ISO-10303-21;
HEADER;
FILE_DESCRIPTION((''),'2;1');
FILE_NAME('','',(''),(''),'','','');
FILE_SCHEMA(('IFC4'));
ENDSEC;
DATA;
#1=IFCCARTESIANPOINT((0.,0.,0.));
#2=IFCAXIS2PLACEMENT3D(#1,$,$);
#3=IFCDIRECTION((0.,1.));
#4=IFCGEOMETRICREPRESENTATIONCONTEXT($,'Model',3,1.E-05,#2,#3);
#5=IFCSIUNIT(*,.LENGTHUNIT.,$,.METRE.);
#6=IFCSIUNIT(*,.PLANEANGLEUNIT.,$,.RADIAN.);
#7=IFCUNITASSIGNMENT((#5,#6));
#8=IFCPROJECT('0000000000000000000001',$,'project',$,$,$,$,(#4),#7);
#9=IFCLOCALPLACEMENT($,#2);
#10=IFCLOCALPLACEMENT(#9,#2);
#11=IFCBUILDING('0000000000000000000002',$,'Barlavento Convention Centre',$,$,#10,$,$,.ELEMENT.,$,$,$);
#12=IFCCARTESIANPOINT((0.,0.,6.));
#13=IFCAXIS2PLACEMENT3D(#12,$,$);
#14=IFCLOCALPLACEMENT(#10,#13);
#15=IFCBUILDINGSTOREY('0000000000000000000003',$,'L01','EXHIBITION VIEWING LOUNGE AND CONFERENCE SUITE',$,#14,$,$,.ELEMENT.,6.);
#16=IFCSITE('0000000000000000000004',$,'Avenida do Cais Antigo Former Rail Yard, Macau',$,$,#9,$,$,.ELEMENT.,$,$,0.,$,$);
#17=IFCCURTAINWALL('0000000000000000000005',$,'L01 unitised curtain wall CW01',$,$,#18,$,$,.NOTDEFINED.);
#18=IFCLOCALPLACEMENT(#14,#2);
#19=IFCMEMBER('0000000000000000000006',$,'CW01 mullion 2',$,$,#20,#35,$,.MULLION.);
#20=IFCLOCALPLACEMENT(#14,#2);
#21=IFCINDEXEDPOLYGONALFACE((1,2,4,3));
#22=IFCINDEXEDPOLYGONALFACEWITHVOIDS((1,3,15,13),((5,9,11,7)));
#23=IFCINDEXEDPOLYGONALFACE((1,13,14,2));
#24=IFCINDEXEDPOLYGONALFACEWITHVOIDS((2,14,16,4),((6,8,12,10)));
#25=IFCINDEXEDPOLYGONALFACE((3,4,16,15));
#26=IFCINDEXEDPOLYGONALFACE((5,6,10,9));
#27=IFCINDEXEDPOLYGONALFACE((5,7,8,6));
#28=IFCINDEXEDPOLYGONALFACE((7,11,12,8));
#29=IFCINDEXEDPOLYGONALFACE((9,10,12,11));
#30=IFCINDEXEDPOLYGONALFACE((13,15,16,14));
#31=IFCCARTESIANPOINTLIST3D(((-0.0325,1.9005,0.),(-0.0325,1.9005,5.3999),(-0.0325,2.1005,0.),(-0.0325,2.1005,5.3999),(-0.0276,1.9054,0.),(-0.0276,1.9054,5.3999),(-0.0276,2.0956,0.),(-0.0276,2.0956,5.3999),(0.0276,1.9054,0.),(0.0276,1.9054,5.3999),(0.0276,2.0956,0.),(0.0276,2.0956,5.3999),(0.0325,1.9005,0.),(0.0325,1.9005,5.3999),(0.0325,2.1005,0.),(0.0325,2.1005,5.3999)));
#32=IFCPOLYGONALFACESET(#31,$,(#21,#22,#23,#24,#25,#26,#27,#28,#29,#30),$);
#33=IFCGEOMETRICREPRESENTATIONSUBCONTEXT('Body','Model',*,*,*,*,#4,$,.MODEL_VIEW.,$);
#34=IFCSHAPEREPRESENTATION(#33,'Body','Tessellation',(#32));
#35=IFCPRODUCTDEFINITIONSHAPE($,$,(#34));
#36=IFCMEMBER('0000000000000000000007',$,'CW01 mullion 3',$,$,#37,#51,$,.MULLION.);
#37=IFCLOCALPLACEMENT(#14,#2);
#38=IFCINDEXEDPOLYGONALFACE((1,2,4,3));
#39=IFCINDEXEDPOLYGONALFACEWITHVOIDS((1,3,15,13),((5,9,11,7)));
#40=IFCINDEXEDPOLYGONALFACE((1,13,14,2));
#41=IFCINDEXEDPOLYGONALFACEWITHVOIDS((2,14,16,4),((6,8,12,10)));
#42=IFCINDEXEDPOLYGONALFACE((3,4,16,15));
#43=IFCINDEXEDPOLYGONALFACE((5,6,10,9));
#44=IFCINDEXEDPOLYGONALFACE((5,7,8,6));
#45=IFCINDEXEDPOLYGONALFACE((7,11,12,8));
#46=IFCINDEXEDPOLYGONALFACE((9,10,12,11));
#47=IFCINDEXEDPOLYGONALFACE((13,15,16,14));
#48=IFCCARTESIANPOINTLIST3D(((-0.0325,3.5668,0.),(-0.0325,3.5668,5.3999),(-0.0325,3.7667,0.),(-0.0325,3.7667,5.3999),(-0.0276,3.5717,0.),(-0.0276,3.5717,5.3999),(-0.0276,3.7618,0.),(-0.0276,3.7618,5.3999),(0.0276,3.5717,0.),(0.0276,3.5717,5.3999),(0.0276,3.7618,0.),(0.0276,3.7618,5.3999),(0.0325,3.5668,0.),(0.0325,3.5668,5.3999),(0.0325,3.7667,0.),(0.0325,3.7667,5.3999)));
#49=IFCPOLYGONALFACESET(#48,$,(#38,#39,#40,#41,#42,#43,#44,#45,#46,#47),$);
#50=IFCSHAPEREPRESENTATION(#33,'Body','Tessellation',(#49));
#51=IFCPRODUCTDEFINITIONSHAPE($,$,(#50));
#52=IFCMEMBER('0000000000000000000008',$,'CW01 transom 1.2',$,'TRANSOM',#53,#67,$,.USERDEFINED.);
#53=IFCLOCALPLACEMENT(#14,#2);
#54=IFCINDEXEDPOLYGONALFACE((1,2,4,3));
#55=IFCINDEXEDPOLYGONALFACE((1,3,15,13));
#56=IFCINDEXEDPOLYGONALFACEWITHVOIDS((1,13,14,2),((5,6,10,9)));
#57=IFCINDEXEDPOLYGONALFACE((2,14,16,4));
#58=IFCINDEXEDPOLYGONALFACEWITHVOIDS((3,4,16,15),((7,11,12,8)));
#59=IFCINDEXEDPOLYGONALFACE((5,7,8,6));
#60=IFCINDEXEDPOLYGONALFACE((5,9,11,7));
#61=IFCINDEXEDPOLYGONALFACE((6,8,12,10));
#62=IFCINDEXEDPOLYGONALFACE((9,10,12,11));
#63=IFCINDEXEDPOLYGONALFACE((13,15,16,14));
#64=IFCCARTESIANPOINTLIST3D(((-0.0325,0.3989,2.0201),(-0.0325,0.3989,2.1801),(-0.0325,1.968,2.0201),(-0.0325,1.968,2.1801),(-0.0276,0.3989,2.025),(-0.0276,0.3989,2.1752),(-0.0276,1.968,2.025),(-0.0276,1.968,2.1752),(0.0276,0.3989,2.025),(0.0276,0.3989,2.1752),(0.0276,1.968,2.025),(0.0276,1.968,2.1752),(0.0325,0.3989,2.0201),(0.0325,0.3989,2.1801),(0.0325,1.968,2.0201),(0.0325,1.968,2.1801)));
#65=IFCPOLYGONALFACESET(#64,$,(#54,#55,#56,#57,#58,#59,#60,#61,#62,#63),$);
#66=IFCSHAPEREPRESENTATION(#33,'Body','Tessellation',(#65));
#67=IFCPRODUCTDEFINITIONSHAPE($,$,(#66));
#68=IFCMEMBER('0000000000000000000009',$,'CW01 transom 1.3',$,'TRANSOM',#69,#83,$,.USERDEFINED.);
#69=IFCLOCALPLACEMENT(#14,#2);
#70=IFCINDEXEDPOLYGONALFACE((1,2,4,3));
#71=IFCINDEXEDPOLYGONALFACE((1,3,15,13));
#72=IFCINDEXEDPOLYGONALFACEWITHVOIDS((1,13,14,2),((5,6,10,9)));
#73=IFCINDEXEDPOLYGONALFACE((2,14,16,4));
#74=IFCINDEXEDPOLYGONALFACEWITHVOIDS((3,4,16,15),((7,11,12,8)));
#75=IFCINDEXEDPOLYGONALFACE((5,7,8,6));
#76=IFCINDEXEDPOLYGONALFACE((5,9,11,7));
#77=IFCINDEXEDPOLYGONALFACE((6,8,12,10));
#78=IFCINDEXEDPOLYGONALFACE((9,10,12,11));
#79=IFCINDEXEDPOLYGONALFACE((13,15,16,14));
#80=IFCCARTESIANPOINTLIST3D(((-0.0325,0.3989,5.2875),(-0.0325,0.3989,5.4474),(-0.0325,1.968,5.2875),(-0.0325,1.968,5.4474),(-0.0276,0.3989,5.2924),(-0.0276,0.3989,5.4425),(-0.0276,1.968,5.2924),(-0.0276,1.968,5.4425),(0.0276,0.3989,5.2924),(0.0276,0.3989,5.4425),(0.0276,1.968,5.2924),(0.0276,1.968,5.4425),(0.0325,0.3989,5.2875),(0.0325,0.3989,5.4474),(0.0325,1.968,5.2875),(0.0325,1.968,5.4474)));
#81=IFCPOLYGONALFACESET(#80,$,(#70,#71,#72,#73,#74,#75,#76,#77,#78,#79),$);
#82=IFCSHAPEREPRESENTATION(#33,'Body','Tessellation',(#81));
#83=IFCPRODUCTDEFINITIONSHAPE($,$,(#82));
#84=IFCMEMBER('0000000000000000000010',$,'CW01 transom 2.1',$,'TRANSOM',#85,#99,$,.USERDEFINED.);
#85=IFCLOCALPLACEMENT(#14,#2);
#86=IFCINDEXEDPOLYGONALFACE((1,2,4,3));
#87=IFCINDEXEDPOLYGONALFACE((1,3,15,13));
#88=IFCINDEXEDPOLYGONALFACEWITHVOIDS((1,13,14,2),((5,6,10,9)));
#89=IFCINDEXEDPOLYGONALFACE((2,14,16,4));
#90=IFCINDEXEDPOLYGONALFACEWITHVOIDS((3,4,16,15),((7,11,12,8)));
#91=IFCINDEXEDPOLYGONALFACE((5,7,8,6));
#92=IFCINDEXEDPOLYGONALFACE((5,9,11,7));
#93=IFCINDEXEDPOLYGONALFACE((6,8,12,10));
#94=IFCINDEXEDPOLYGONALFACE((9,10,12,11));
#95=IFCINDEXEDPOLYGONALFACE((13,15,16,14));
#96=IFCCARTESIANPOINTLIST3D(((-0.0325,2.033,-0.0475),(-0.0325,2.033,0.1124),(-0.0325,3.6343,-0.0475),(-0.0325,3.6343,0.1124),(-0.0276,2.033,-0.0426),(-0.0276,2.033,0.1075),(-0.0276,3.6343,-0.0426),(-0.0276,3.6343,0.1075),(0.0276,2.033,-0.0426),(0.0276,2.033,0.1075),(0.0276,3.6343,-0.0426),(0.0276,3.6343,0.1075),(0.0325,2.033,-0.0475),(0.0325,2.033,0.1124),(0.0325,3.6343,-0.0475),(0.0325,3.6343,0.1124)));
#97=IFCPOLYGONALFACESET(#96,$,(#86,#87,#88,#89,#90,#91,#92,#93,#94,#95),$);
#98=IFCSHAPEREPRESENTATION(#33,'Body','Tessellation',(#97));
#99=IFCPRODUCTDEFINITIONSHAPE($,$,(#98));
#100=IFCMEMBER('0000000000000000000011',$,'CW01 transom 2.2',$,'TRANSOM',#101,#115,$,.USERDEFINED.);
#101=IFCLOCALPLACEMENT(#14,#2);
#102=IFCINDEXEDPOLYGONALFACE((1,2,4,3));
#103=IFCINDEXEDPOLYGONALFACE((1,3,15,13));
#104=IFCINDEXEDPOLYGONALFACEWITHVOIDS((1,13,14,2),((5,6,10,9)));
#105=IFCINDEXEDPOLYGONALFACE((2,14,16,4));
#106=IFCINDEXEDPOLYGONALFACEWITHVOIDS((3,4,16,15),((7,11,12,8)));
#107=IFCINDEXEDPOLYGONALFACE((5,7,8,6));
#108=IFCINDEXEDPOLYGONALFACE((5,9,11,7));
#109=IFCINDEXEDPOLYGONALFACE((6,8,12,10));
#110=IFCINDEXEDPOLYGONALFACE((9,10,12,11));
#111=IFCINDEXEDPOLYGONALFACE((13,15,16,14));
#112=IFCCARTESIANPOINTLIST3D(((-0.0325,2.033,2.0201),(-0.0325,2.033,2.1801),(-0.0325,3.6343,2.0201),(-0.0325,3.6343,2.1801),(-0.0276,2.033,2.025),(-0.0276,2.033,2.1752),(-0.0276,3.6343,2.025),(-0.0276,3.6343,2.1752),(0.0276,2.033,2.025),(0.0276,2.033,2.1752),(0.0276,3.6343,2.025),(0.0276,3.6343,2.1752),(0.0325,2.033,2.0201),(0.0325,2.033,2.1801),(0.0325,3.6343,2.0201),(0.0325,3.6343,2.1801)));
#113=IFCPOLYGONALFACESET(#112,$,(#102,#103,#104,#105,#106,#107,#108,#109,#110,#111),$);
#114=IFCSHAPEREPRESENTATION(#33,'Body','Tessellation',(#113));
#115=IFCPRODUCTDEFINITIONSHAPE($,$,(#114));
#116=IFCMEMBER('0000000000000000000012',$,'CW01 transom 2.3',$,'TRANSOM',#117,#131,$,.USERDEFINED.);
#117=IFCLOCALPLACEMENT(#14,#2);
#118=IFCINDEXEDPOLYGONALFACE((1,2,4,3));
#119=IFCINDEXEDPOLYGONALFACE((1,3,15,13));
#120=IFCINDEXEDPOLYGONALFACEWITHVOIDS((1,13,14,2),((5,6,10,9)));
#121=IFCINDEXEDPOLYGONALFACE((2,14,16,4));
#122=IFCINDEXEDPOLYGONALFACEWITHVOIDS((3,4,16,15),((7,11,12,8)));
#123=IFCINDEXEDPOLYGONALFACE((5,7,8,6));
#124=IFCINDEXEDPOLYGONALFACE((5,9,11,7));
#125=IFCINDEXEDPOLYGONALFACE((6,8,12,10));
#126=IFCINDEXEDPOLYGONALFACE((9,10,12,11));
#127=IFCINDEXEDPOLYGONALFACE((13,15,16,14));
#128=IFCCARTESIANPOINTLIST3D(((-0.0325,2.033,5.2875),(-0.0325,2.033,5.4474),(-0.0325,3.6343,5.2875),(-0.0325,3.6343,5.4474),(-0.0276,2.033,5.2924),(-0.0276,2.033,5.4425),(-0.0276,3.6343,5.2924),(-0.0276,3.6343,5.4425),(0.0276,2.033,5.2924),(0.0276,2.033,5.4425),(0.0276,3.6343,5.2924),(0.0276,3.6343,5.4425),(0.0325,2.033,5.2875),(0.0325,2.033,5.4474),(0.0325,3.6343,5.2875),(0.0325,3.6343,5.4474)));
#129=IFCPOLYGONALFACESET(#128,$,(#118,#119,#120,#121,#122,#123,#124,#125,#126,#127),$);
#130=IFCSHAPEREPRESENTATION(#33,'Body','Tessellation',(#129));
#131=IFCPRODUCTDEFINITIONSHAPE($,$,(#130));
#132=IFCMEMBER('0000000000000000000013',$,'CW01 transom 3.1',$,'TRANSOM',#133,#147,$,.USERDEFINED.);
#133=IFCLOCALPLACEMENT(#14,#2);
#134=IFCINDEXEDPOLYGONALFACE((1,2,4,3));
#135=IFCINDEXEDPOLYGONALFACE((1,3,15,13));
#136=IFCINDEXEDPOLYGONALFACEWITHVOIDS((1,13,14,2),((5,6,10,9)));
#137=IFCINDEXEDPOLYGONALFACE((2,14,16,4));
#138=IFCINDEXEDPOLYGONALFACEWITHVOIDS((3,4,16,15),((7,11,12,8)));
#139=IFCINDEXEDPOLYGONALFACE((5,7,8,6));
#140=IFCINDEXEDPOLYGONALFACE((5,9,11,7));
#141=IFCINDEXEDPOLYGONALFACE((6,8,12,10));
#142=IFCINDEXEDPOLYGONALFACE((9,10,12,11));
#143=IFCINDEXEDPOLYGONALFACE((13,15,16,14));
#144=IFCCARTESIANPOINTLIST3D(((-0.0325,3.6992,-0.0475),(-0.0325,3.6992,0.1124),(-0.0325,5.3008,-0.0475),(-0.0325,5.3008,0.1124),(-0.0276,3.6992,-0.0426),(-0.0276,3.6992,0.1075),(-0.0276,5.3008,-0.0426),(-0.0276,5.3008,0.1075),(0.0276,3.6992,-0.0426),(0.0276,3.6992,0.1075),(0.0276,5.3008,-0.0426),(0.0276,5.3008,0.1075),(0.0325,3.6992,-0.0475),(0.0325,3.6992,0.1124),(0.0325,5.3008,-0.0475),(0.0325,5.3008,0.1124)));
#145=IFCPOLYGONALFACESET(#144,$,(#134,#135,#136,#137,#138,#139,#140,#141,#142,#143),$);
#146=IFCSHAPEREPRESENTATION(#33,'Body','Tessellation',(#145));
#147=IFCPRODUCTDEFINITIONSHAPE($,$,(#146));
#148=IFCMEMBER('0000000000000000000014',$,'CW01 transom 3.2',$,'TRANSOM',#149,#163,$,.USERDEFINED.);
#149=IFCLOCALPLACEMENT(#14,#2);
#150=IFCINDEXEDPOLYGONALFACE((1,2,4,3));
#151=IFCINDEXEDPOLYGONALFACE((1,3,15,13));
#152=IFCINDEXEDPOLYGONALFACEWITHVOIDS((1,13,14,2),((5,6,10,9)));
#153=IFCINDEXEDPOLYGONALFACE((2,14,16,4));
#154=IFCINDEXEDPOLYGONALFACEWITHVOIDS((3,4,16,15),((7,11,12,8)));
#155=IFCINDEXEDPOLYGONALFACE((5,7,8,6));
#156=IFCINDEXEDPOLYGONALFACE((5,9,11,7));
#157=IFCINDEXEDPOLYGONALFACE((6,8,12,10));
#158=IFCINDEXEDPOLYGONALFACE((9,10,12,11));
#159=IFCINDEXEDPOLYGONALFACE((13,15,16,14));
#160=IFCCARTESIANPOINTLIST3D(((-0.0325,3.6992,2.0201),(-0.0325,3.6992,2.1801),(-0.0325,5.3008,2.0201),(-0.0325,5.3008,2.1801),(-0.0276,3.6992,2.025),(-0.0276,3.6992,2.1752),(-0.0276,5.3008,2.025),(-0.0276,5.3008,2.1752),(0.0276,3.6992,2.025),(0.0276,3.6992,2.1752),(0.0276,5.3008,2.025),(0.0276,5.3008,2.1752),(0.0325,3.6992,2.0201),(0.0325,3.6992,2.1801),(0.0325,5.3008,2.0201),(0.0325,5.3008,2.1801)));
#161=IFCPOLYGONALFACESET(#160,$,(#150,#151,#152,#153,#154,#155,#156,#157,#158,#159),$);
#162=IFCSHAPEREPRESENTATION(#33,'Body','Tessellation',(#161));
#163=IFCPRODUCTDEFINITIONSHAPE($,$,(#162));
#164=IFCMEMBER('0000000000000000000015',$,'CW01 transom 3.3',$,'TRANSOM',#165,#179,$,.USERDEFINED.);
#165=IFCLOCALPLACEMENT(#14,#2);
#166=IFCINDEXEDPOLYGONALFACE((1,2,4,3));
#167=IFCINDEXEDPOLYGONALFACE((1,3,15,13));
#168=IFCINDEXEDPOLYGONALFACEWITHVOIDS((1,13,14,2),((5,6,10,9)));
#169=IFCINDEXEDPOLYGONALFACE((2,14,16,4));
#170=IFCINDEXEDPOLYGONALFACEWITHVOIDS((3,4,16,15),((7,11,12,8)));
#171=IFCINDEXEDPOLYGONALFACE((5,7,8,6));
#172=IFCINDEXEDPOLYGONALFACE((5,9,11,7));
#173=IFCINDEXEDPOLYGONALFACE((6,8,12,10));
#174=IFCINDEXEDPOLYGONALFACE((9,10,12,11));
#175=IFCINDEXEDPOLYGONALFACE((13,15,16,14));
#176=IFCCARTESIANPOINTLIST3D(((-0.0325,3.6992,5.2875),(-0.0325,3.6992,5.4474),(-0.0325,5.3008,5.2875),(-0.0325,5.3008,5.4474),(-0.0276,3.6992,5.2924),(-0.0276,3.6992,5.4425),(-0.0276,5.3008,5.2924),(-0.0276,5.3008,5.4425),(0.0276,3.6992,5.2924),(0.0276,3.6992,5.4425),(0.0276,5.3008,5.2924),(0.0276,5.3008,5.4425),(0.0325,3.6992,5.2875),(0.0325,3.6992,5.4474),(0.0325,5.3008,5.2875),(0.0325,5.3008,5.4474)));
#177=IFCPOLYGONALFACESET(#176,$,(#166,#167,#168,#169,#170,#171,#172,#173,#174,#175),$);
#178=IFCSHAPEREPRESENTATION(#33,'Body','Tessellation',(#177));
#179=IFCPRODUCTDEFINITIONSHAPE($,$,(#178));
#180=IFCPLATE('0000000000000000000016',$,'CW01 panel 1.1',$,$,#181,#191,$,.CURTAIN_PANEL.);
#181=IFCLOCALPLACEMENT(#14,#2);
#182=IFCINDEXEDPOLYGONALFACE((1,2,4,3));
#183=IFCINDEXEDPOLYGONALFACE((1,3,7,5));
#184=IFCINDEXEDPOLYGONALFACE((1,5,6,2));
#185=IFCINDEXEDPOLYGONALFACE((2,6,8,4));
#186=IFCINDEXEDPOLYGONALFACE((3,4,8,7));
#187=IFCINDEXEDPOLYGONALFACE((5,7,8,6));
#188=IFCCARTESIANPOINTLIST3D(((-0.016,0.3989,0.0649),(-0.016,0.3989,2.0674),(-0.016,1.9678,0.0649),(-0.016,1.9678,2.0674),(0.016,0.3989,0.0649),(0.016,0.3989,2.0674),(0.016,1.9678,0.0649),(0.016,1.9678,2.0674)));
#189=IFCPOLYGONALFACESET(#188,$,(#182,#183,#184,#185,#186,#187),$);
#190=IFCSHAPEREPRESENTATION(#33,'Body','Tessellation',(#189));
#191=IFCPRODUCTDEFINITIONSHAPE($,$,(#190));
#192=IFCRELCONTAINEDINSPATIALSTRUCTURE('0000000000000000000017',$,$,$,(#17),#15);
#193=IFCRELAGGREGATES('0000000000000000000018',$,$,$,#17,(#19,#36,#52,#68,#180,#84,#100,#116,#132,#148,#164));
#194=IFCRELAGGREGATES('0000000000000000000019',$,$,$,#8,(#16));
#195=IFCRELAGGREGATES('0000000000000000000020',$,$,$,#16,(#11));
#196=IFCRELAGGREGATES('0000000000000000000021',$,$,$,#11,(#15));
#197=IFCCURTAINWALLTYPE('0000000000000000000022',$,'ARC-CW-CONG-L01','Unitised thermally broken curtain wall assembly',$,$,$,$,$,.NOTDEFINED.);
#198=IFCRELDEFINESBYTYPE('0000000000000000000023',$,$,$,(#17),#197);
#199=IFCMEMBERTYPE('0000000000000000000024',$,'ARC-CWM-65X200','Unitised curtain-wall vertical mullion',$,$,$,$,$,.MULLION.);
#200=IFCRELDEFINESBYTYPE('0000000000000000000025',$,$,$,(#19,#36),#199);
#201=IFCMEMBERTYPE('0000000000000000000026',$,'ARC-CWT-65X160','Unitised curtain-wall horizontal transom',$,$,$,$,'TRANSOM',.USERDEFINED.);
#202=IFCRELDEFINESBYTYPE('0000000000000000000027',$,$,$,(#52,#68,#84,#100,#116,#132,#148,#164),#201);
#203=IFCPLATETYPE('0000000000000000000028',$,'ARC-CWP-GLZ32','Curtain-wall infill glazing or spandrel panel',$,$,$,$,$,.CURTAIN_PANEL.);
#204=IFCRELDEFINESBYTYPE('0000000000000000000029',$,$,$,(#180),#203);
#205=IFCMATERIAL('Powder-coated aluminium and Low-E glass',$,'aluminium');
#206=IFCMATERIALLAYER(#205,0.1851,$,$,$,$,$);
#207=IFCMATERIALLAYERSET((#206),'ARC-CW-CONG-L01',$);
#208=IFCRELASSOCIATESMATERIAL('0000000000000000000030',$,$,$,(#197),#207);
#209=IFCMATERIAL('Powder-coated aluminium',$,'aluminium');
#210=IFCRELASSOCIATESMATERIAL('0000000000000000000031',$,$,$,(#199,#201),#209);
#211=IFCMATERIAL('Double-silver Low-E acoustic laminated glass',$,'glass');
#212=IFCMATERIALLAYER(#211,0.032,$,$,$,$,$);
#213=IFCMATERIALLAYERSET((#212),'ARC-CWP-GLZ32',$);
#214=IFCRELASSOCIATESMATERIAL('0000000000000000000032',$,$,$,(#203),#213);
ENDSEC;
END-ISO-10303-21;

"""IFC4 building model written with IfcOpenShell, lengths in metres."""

from ifc_helpers import new_model, si_unit, direction, frame, origin, origin_2d, place, context, subcontext, project, spatial, rectangle, hollow_rectangle, extrude, material, layer, layer_set, material_profile, profile_set, type_object, element, aggregate, save


model = new_model("IFC4")

# Units and contexts
model_context = context("Model", 3, precision=1e-05, world=origin(), true_north=direction((0.0, 1.0)))
body_context = subcontext(model_context, "Body", "Model", "MODEL_VIEW")
ifc_project = project(units=[si_unit("LENGTHUNIT", "METRE"), si_unit("PLANEANGLEUNIT", "RADIAN")], contexts=[model_context])

# Site, building, storey
site_placement = place(None, origin())
site = spatial("IfcSite", under=ifc_project, at=site_placement, Name="Avenida do Cais Antigo Former Rail Yard, Macau", CompositionType="ELEMENT", RefElevation=0.0)
building_placement = place(site_placement, origin())
building = spatial("IfcBuilding", under=site, at=building_placement, Name="Barlavento Convention Centre", CompositionType="ELEMENT")
storey_placement = place(building_placement, frame((0.0, 0.0, 6.0)))
storey = spatial("IfcBuildingStorey", under=building, at=storey_placement, Name="L01", Description="EXHIBITION VIEWING LOUNGE AND CONFERENCE SUITE", CompositionType="ELEMENT", Elevation=6.0)

# Curtain wall, members, plate
ifc_material_1 = material(Name="Powder-coated aluminium and Low-E glass", Category="aluminium")
ifc_layer_1 = layer(ifc_material_1, 0.1851)
ifc_layer_set_1 = layer_set([ifc_layer_1], Name="ARC-CW-CONG-L01")
curtain_wall_type = type_object("IfcCurtainWallType", Name="ARC-CW-CONG-L01", Description="Unitised thermally broken curtain wall assembly", PredefinedType="NOTDEFINED", material=ifc_layer_set_1)
curtain_wall_placement = place(storey_placement, origin())
curtain_wall = element("IfcCurtainWall", 1, at=curtain_wall_placement, inside=storey, type_object=curtain_wall_type, Name="L01 unitised curtain wall CW01", PredefinedType="NOTDEFINED")
ifc_material_2 = material(Name="Powder-coated aluminium", Category="aluminium")
ifc_material_profile_1 = material_profile(ifc_material_2, hollow_rectangle(XDim=0.0649, YDim=0.2, WallThickness=0.0049, at=origin_2d()), Name="AL-MULL 65x200x5")
ifc_profile_set_1 = profile_set([ifc_material_profile_1], Name="Powder-coated aluminium")
member_type_1 = type_object("IfcMemberType", Name="ARC-CWM-65X200", Description="Unitised curtain-wall vertical mullion", PredefinedType="MULLION", material=ifc_profile_set_1)
member_1_placement = place(storey_placement, frame((0.0, 2.0005, 0.0), z_axis=(0.0, 0.0, 1.0), x_axis=(-1.0, 0.0, 0.0)))
member_1 = element("IfcMember", 2, at=member_1_placement, type_object=member_type_1, Name="CW01 mullion 2", PredefinedType="MULLION", context=body_context, shape_type="SweptSolid", body=[
    extrude(hollow_rectangle(XDim=0.0649, YDim=0.2, WallThickness=0.0049, at=origin_2d()), origin(), (0.0, 0.0, 1.0), 5.3999),
])
member_2_placement = place(storey_placement, frame((0.0, 3.6667, 0.0), z_axis=(0.0, 0.0, 1.0), x_axis=(-1.0, 0.0, 0.0)))
member_2 = element("IfcMember", 3, at=member_2_placement, type_object=member_type_1, Name="CW01 mullion 3", PredefinedType="MULLION", context=body_context, shape_type="SweptSolid", body=[
    extrude(hollow_rectangle(XDim=0.0649, YDim=0.2, WallThickness=0.0049, at=origin_2d()), origin(), (0.0, 0.0, 1.0), 5.3999),
])
ifc_material_profile_2 = material_profile(ifc_material_2, hollow_rectangle(XDim=0.0649, YDim=0.1599, WallThickness=0.0049, at=origin_2d()), Name="AL-TRAN 65x160x5")
ifc_profile_set_2 = profile_set([ifc_material_profile_2], Name="Powder-coated aluminium")
member_type_2 = type_object("IfcMemberType", Name="ARC-CWT-65X160", Description="Unitised curtain-wall horizontal transom", ElementType="TRANSOM", PredefinedType="USERDEFINED", material=ifc_profile_set_2)
member_3_placement = place(storey_placement, frame((0.0, 0.3989, 2.1001), z_axis=(0.0, 1.0, 0.0), x_axis=(-1.0, 0.0, 0.0)))
member_3 = element("IfcMember", 4, at=member_3_placement, type_object=member_type_2, Name="CW01 transom 1.2", ObjectType="TRANSOM", PredefinedType="USERDEFINED", context=body_context, shape_type="SweptSolid", body=[
    extrude(hollow_rectangle(XDim=0.0649, YDim=0.1599, WallThickness=0.0049, at=origin_2d()), origin(), (0.0, 0.0, 1.0), 1.5691),
])
member_4_placement = place(storey_placement, frame((0.0, 0.3989, 5.3674), z_axis=(0.0, 1.0, 0.0), x_axis=(-1.0, 0.0, 0.0)))
member_4 = element("IfcMember", 5, at=member_4_placement, type_object=member_type_2, Name="CW01 transom 1.3", ObjectType="TRANSOM", PredefinedType="USERDEFINED", context=body_context, shape_type="SweptSolid", body=[
    extrude(hollow_rectangle(XDim=0.0649, YDim=0.1599, WallThickness=0.0049, at=origin_2d()), origin(), (0.0, 0.0, 1.0), 1.5691),
])
member_5_placement = place(storey_placement, frame((0.0, 2.033, 0.0325), z_axis=(0.0, 1.0, 0.0), x_axis=(-1.0, 0.0, 0.0)))
member_5 = element("IfcMember", 6, at=member_5_placement, type_object=member_type_2, Name="CW01 transom 2.1", ObjectType="TRANSOM", PredefinedType="USERDEFINED", context=body_context, shape_type="SweptSolid", body=[
    extrude(hollow_rectangle(XDim=0.0649, YDim=0.1599, WallThickness=0.0049, at=origin_2d()), origin(), (0.0, 0.0, 1.0), 1.6013),
])
member_6_placement = place(storey_placement, frame((0.0, 2.033, 2.1001), z_axis=(0.0, 1.0, 0.0), x_axis=(-1.0, 0.0, 0.0)))
member_6 = element("IfcMember", 7, at=member_6_placement, type_object=member_type_2, Name="CW01 transom 2.2", ObjectType="TRANSOM", PredefinedType="USERDEFINED", context=body_context, shape_type="SweptSolid", body=[
    extrude(hollow_rectangle(XDim=0.0649, YDim=0.1599, WallThickness=0.0049, at=origin_2d()), origin(), (0.0, 0.0, 1.0), 1.6013),
])
member_7_placement = place(storey_placement, frame((0.0, 2.033, 5.3674), z_axis=(0.0, 1.0, 0.0), x_axis=(-1.0, 0.0, 0.0)))
member_7 = element("IfcMember", 8, at=member_7_placement, type_object=member_type_2, Name="CW01 transom 2.3", ObjectType="TRANSOM", PredefinedType="USERDEFINED", context=body_context, shape_type="SweptSolid", body=[
    extrude(hollow_rectangle(XDim=0.0649, YDim=0.1599, WallThickness=0.0049, at=origin_2d()), origin(), (0.0, 0.0, 1.0), 1.6013),
])
member_8_placement = place(storey_placement, frame((0.0, 3.6992, 0.0325), z_axis=(0.0, 1.0, 0.0), x_axis=(-1.0, 0.0, 0.0)))
member_8 = element("IfcMember", 9, at=member_8_placement, type_object=member_type_2, Name="CW01 transom 3.1", ObjectType="TRANSOM", PredefinedType="USERDEFINED", context=body_context, shape_type="SweptSolid", body=[
    extrude(hollow_rectangle(XDim=0.0649, YDim=0.1599, WallThickness=0.0049, at=origin_2d()), origin(), (0.0, 0.0, 1.0), 1.6016),
])
member_9_placement = place(storey_placement, frame((0.0, 3.6992, 2.1001), z_axis=(0.0, 1.0, 0.0), x_axis=(-1.0, 0.0, 0.0)))
member_9 = element("IfcMember", 10, at=member_9_placement, type_object=member_type_2, Name="CW01 transom 3.2", ObjectType="TRANSOM", PredefinedType="USERDEFINED", context=body_context, shape_type="SweptSolid", body=[
    extrude(hollow_rectangle(XDim=0.0649, YDim=0.1599, WallThickness=0.0049, at=origin_2d()), origin(), (0.0, 0.0, 1.0), 1.6016),
])
member_10_placement = place(storey_placement, frame((0.0, 3.6992, 5.3674), z_axis=(0.0, 1.0, 0.0), x_axis=(-1.0, 0.0, 0.0)))
member_10 = element("IfcMember", 11, at=member_10_placement, type_object=member_type_2, Name="CW01 transom 3.3", ObjectType="TRANSOM", PredefinedType="USERDEFINED", context=body_context, shape_type="SweptSolid", body=[
    extrude(hollow_rectangle(XDim=0.0649, YDim=0.1599, WallThickness=0.0049, at=origin_2d()), origin(), (0.0, 0.0, 1.0), 1.6016),
])
ifc_material_3 = material(Name="Double-silver Low-E acoustic laminated glass", Category="glass")
ifc_layer_2 = layer(ifc_material_3, 0.032)
ifc_layer_set_2 = layer_set([ifc_layer_2], Name="ARC-CWP-GLZ32")
plate_type = type_object("IfcPlateType", Name="ARC-CWP-GLZ32", Description="Curtain-wall infill glazing or spandrel panel", PredefinedType="CURTAIN_PANEL", material=ifc_layer_set_2)
plate_1_placement = place(storey_placement, frame((0.0, 1.1833, 0.0649), z_axis=(0.0, 0.0, 1.0), x_axis=(0.0, 1.0, 0.0)))
plate_1 = element("IfcPlate", 12, at=plate_1_placement, type_object=plate_type, Name="CW01 panel 1.1", PredefinedType="CURTAIN_PANEL", context=body_context, shape_type="SweptSolid", body=[
    extrude(rectangle(XDim=1.5688, YDim=0.032, at=origin_2d()), origin(), (0.0, 0.0, 1.0), 2.0024),
])
aggregate(curtain_wall, [member_1, member_2, member_3, member_4, plate_1, member_5, member_6, member_7, member_8, member_9, member_10])

save(model, "model.ifc")
